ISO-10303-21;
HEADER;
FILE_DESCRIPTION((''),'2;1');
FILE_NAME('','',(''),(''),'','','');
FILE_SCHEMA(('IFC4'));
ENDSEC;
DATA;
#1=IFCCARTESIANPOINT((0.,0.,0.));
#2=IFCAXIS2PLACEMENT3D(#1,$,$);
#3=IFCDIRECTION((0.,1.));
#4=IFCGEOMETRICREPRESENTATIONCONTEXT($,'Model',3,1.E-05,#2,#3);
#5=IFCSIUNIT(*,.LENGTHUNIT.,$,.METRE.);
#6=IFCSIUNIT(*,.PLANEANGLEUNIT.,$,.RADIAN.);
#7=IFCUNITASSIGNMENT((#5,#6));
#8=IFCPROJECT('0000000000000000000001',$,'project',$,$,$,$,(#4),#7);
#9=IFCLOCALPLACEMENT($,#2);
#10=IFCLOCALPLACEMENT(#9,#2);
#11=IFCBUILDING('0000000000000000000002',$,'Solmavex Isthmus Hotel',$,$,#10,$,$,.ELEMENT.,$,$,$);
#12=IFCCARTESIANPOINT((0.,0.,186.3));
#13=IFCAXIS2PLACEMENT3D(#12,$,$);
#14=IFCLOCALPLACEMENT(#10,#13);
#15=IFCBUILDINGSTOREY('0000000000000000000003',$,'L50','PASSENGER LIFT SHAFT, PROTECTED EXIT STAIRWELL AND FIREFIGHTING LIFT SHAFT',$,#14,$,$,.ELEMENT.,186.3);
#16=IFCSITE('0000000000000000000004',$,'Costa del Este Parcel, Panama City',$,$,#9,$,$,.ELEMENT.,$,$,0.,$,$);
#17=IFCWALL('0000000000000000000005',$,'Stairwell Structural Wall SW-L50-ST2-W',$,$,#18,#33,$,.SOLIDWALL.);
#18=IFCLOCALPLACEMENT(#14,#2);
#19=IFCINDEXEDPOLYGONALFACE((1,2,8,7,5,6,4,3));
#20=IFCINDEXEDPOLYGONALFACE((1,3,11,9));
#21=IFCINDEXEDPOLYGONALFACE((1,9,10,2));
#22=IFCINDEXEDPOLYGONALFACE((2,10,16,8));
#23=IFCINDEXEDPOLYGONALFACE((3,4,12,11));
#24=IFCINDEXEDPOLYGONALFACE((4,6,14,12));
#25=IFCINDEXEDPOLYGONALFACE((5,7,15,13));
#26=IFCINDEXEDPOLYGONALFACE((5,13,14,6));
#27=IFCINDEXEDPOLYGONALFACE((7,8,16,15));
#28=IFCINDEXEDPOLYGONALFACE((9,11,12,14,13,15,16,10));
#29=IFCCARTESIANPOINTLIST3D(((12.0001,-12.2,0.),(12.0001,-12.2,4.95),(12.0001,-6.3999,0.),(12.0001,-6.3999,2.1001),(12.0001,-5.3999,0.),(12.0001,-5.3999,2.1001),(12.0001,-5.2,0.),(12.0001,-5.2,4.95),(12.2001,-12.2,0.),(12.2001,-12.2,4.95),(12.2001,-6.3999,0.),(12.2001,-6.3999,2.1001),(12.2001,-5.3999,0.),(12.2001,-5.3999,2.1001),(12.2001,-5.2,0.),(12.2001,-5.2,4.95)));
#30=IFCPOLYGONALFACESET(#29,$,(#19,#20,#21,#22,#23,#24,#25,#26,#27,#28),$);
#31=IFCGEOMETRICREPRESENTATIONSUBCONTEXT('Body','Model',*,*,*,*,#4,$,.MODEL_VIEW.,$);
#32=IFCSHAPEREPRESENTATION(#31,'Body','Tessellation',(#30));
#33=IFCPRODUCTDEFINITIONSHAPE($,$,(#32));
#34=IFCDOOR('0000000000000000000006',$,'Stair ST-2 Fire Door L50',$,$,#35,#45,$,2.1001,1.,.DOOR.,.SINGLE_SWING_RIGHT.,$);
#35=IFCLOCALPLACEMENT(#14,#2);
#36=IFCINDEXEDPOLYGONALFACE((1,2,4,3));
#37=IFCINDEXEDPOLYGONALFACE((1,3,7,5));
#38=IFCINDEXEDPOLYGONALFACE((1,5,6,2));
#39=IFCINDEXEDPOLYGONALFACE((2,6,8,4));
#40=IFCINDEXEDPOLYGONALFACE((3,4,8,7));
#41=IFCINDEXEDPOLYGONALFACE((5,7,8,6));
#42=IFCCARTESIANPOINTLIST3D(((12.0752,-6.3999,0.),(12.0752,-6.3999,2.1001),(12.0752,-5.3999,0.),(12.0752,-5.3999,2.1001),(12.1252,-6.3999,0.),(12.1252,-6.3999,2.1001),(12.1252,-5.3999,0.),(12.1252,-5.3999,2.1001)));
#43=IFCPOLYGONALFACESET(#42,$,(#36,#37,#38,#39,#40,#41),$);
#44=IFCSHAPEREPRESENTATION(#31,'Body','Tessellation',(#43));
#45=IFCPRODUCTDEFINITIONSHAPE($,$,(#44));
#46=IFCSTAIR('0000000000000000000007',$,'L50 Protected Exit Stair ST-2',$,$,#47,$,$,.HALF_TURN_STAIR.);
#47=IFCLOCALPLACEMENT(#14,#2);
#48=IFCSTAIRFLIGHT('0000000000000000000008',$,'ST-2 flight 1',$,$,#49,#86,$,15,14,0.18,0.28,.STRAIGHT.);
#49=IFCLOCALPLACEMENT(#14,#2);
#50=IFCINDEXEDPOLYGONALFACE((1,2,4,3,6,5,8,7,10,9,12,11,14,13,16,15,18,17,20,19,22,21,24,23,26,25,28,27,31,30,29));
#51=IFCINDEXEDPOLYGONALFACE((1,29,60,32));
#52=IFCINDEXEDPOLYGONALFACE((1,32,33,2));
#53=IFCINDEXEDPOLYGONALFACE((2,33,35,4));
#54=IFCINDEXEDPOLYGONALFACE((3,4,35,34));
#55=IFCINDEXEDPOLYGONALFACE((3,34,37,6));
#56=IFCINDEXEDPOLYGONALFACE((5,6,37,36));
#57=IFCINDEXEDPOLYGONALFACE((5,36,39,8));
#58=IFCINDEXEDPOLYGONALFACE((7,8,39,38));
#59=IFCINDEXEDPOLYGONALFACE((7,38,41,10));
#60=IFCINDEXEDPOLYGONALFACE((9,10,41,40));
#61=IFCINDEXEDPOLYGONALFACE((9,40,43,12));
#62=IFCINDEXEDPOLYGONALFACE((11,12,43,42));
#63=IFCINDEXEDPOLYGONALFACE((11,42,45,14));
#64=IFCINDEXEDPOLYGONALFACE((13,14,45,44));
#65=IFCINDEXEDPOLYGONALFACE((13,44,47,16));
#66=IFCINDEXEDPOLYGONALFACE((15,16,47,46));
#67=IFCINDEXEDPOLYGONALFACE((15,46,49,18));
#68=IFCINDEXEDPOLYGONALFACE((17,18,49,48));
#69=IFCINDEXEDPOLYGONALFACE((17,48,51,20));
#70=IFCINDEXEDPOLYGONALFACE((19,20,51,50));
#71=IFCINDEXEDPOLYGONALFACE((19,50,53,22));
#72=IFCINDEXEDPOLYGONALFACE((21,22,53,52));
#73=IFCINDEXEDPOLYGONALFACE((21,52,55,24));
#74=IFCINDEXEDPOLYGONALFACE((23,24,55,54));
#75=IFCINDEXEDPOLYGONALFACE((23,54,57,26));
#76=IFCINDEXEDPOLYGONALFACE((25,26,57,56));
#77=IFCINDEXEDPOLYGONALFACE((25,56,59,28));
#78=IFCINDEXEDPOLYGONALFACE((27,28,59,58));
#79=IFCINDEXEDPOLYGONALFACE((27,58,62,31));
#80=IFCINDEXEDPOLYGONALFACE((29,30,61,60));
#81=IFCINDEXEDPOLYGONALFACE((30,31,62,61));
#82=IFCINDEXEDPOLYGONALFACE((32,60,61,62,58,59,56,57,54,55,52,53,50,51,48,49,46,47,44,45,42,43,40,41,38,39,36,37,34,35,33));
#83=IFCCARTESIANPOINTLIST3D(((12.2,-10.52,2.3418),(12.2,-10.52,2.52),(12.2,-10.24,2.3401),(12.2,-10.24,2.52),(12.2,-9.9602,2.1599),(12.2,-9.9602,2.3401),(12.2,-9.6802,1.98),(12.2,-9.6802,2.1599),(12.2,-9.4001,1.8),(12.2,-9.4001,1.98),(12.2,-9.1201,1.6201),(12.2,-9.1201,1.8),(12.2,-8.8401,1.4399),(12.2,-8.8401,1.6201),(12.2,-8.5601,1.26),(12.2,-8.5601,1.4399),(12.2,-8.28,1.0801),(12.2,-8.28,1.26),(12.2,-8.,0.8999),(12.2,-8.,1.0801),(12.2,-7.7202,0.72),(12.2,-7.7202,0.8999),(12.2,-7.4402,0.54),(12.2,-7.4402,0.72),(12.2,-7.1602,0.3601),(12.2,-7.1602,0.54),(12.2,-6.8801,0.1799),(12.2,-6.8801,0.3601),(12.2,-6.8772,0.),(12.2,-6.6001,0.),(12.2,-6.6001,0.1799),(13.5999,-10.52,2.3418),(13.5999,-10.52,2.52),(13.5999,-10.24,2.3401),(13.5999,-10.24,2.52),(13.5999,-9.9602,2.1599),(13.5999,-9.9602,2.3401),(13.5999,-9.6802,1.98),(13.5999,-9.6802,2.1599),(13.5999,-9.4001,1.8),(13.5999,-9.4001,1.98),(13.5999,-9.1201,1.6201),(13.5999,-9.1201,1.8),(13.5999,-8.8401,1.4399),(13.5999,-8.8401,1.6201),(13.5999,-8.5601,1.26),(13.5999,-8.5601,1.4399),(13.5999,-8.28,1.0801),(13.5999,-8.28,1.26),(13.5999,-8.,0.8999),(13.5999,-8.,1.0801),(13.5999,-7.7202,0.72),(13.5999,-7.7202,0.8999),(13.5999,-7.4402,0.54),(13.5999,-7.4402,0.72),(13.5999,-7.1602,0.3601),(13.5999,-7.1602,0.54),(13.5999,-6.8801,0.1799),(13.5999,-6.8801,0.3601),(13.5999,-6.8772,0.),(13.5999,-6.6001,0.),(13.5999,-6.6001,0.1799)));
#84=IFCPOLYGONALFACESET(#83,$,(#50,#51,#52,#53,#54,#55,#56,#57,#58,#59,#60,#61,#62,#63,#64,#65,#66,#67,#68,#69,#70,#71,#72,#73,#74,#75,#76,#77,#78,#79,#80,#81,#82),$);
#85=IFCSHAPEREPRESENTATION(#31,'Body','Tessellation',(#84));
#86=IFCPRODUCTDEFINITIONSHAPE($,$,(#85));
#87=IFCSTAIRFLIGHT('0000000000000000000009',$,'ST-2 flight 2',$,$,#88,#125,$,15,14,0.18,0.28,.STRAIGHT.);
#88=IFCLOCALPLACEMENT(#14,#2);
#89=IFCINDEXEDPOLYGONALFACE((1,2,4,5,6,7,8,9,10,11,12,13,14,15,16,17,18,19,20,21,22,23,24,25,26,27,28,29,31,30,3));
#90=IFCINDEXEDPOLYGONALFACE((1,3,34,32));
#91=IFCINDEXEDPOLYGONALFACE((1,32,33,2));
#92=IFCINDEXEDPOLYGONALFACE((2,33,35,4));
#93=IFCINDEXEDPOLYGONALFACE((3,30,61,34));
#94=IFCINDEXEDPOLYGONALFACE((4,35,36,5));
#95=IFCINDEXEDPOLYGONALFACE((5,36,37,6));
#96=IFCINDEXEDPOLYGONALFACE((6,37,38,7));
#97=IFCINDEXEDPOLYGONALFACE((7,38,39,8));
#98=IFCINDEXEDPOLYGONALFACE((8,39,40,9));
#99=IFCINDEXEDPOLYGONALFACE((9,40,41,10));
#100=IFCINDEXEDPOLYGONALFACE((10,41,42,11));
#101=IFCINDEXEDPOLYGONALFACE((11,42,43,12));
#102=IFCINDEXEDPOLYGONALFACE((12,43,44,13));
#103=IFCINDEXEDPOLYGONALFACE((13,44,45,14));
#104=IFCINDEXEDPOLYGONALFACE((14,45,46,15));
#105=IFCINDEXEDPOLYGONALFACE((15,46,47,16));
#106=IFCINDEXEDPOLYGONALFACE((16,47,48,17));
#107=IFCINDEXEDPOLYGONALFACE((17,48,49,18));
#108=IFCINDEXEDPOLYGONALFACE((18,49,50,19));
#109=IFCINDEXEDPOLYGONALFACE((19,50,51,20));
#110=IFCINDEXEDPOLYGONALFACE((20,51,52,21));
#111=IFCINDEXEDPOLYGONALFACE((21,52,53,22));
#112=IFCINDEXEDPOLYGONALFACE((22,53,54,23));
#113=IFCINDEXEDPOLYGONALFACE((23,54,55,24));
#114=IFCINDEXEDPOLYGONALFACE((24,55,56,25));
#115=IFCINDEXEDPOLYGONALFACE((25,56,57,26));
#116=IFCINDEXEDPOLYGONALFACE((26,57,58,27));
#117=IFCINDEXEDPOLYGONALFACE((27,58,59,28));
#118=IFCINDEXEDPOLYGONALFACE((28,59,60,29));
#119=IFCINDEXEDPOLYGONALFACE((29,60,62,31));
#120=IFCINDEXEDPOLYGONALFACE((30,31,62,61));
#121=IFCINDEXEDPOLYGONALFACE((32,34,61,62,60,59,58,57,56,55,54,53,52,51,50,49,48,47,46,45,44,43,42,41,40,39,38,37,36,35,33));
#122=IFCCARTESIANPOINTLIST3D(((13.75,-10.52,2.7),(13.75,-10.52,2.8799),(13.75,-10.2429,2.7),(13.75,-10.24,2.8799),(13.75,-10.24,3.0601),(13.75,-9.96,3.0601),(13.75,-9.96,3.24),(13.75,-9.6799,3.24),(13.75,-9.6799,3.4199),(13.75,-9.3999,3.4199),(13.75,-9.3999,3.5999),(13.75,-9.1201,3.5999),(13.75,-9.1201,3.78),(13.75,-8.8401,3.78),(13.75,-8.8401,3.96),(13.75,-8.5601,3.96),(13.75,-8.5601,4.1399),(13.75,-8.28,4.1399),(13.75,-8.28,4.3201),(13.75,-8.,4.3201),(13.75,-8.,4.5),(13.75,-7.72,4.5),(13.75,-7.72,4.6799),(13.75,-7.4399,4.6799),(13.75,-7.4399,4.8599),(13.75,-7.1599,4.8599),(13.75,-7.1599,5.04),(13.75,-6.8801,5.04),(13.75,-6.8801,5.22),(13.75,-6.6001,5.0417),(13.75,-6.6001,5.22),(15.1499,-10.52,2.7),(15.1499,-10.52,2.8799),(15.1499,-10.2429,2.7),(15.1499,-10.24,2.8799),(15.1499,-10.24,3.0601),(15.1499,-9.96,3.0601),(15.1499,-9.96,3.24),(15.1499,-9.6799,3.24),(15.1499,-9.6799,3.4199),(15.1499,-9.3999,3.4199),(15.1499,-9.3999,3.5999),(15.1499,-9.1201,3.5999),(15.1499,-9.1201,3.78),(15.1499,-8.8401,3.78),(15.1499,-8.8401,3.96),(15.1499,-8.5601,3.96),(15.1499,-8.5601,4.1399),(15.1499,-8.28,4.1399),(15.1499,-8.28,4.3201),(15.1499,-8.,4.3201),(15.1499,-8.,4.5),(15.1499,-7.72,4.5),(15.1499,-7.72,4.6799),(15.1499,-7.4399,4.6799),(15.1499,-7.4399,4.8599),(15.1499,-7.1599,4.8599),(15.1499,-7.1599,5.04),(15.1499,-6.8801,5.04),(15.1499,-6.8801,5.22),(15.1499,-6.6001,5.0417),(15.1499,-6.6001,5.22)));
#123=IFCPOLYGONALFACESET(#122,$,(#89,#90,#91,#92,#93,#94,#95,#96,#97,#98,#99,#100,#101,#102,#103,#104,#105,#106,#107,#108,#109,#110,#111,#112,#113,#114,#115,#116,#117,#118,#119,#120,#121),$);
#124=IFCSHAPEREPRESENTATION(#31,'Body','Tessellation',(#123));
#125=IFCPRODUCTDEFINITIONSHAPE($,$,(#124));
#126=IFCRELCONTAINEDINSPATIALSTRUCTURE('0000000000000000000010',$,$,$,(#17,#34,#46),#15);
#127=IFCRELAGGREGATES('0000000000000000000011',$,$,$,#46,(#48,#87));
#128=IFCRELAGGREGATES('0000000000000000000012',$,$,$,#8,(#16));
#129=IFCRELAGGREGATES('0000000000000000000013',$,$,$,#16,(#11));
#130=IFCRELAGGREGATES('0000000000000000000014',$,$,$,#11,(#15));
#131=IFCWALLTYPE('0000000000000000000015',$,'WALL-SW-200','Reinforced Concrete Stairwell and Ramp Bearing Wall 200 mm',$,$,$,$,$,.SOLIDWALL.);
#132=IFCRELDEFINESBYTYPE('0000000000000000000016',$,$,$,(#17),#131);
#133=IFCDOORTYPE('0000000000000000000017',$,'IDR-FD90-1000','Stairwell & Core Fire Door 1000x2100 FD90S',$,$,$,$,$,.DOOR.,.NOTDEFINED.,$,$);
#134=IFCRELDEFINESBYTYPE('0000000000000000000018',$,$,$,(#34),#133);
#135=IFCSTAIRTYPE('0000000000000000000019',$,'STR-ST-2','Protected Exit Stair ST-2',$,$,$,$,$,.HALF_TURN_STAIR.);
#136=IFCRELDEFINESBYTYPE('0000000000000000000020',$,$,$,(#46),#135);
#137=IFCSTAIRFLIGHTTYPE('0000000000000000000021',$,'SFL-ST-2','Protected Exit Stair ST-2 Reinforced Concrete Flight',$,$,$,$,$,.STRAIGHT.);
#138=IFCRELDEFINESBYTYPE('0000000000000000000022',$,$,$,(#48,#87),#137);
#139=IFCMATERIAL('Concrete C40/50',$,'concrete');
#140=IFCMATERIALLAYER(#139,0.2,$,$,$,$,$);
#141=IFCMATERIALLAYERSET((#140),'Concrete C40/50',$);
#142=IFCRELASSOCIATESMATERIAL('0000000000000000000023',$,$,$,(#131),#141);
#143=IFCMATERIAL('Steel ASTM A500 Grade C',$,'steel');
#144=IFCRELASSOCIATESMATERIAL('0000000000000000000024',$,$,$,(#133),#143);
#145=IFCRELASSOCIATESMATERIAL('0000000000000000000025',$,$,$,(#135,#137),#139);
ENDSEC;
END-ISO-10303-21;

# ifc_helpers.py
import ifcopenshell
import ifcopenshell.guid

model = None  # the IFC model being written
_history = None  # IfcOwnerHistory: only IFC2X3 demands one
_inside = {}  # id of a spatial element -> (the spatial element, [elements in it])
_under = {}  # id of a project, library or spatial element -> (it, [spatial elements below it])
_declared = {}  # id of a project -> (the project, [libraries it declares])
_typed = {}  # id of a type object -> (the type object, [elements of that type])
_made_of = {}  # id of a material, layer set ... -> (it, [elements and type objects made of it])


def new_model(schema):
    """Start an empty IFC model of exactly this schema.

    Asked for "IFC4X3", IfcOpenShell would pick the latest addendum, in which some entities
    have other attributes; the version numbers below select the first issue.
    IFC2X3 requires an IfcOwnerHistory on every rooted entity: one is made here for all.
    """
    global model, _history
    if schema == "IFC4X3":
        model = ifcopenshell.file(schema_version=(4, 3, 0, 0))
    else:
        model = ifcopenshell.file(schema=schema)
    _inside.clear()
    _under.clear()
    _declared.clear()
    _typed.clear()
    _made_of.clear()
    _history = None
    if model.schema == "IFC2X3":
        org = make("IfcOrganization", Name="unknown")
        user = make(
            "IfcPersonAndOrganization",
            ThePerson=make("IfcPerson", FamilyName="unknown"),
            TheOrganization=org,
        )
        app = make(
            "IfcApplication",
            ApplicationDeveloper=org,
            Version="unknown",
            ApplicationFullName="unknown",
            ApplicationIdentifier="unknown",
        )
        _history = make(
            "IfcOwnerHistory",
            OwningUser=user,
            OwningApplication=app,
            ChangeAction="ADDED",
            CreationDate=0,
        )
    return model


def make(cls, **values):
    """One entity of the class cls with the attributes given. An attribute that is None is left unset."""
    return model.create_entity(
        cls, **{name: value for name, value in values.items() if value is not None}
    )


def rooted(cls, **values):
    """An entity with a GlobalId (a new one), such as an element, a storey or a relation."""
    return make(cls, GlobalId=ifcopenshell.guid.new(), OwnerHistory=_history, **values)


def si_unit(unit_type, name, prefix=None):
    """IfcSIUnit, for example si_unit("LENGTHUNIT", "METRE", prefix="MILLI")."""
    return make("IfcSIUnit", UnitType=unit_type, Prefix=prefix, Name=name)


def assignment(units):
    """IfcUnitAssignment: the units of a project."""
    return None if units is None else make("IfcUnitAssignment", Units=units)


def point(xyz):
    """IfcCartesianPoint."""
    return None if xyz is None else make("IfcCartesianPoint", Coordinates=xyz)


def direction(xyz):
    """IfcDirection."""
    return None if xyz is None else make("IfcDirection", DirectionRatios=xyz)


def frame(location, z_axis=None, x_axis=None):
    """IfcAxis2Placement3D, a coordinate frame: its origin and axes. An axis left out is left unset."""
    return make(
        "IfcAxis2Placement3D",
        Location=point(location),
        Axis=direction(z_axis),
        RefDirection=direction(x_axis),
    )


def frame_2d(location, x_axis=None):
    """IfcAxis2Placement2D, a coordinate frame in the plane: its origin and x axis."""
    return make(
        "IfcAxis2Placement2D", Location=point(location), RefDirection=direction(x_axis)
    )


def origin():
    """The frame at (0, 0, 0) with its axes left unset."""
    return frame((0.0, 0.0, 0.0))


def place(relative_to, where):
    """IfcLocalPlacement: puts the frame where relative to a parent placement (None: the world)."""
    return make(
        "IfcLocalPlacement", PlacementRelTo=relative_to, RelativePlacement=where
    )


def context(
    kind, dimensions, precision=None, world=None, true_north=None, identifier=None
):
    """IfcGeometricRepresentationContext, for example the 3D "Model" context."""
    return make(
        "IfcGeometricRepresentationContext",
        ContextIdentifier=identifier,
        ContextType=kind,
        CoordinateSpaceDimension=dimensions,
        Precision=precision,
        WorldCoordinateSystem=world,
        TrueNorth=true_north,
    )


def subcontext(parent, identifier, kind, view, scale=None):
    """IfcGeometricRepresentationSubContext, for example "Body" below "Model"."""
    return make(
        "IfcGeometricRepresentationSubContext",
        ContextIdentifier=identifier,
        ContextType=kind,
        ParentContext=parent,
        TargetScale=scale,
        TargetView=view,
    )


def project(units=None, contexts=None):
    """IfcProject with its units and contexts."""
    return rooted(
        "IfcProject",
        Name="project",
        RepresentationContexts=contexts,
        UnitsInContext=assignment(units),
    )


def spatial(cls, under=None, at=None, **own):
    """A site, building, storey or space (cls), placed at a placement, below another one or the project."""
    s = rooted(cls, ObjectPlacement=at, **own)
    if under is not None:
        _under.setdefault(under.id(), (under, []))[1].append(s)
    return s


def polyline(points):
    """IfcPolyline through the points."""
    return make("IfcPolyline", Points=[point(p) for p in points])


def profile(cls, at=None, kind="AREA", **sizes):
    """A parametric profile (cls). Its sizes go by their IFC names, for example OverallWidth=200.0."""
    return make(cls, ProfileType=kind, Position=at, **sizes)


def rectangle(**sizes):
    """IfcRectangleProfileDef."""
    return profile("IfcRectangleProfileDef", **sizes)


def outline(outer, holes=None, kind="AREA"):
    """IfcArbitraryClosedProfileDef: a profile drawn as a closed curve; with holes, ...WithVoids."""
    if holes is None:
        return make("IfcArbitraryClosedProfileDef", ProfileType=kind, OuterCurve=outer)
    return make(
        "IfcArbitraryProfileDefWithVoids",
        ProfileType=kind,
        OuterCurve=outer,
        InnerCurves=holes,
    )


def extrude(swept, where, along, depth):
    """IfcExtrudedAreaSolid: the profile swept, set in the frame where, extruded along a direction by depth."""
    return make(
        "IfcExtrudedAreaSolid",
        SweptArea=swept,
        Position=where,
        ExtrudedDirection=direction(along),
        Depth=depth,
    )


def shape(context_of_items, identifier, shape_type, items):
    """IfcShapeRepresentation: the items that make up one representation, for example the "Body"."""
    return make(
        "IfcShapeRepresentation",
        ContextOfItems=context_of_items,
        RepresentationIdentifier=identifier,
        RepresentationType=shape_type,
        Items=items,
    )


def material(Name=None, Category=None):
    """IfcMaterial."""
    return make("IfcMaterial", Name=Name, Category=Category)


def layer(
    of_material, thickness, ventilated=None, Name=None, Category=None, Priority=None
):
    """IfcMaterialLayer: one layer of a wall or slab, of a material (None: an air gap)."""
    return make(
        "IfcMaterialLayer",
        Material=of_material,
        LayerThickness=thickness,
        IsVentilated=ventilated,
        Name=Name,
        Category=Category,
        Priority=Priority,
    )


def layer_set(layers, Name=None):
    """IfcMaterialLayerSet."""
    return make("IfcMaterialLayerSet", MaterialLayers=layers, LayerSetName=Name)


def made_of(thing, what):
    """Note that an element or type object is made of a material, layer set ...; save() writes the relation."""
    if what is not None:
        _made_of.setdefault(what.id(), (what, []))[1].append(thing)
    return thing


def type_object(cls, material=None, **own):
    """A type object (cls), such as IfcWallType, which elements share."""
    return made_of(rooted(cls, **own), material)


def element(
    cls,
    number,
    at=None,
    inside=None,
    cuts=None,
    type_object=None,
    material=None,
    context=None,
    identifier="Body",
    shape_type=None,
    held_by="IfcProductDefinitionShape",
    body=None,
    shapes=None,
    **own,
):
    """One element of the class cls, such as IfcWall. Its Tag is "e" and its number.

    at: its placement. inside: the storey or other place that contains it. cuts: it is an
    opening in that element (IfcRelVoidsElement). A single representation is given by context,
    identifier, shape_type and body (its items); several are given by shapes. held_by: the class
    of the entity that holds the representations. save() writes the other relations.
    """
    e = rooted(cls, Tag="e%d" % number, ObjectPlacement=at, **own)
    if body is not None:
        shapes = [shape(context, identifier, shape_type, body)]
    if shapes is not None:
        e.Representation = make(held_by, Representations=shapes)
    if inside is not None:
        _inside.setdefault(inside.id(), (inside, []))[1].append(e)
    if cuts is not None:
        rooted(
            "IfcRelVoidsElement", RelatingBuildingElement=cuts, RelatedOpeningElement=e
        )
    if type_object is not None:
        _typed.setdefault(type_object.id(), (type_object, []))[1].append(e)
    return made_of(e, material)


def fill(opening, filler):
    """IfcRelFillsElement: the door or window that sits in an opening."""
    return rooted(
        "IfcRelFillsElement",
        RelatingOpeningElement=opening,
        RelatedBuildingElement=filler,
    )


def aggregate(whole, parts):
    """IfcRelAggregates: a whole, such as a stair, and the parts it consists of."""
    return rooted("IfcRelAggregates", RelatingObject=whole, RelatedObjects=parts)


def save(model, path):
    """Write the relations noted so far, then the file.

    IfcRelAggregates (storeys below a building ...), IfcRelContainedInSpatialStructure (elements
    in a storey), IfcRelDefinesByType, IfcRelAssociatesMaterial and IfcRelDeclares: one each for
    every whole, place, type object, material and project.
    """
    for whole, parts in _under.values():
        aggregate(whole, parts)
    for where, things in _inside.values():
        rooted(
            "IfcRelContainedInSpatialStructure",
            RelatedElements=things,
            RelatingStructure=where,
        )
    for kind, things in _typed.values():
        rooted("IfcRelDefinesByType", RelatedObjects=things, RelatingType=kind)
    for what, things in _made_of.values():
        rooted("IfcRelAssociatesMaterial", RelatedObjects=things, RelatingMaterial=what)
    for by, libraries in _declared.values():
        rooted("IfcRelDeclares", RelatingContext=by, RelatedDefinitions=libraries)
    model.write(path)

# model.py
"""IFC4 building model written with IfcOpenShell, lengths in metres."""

from ifc_helpers import new_model, si_unit, direction, frame, frame_2d, origin, place, context, subcontext, project, spatial, polyline, rectangle, outline, extrude, material, layer, layer_set, type_object, element, fill, aggregate, save


model = new_model("IFC4")

# Units and contexts
model_context = context("Model", 3, precision=1e-05, world=origin(), true_north=direction((0.0, 1.0)))
body_context = subcontext(model_context, "Body", "Model", "MODEL_VIEW")
ifc_project = project(units=[si_unit("LENGTHUNIT", "METRE"), si_unit("PLANEANGLEUNIT", "RADIAN")], contexts=[model_context])

# Site, building, storey
site_placement = place(None, origin())
site = spatial("IfcSite", under=ifc_project, at=site_placement, Name="Costa del Este Parcel, Panama City", CompositionType="ELEMENT", RefElevation=0.0)
building_placement = place(site_placement, origin())
building = spatial("IfcBuilding", under=site, at=building_placement, Name="Solmavex Isthmus Hotel", CompositionType="ELEMENT")
storey_placement = place(building_placement, frame((0.0, 0.0, 186.3)))
storey = spatial("IfcBuildingStorey", under=building, at=storey_placement, Name="L50", Description="PASSENGER LIFT SHAFT, PROTECTED EXIT STAIRWELL AND FIREFIGHTING LIFT SHAFT", CompositionType="ELEMENT", Elevation=186.3)

# Shared definitions
ifc_material_1 = material(Name="Steel ASTM A500 Grade C", Category="steel")

# Shared definitions
ifc_material_2 = material(Name="Concrete C40/50", Category="concrete")

# Shared definitions
ifc_layer_1 = layer(ifc_material_2, 0.2)
ifc_layer_set_1 = layer_set([ifc_layer_1], Name="Concrete C40/50")
wall_type_1 = type_object("IfcWallType", Name="WALL-SW-200", Description="Reinforced Concrete Stairwell and Ramp Bearing Wall 200 mm", PredefinedType="SOLIDWALL", material=ifc_layer_set_1)

# Wall, opening, door
wall_1_placement = place(storey_placement, frame((12.1001, -12.2, 0.0), z_axis=(0.0, 0.0, 1.0), x_axis=(0.0, 1.0, 0.0)))
wall_1 = element("IfcWall", 1, at=wall_1_placement, inside=storey, type_object=wall_type_1, Name="Stairwell Structural Wall SW-L50-ST2-W", PredefinedType="SOLIDWALL", context=body_context, shape_type="SweptSolid", body=[
    extrude(rectangle(XDim=7.0, YDim=0.2, at=frame_2d((3.5, 0.0))), origin(), (0.0, 0.0, 1.0), 4.95),
])
opening_1_placement = place(wall_1_placement, frame((5.8, 0.0, 0.0)))
opening_1 = element("IfcOpeningElement", 2, at=opening_1_placement, cuts=wall_1, PredefinedType="OPENING", context=body_context, shape_type="SweptSolid", body=[
    extrude(rectangle(XDim=1.0, YDim=2.1001, at=frame_2d((0.5, 1.05))), frame((0.0, 0.1099, 0.0), z_axis=(0.0, -1.0, 0.0), x_axis=(1.0, 0.0, 0.0)), (0.0, 0.0, 1.0), 0.22),
])
door_type_1 = type_object("IfcDoorType", Name="IDR-FD90-1000", Description="Stairwell & Core Fire Door 1000x2100 FD90S", OperationType="NOTDEFINED", PredefinedType="DOOR", material=ifc_material_1)
door_1_placement = place(opening_1_placement, origin())
door_1 = element("IfcDoor", 3, at=door_1_placement, inside=storey, type_object=door_type_1, Name="Stair ST-2 Fire Door L50", OperationType="SINGLE_SWING_RIGHT", OverallHeight=2.1001, OverallWidth=1.0, PredefinedType="DOOR", context=body_context, shape_type="SweptSolid", body=[
    extrude(rectangle(XDim=1.0, YDim=2.1001, at=frame_2d((0.5, 1.05))), frame((0.0, 0.0249, 0.0), z_axis=(0.0, -1.0, 0.0), x_axis=(1.0, 0.0, 0.0)), (0.0, 0.0, 1.0), 0.05),
])
fill(opening_1, door_1)

# Stair, stair flights
stair_type = type_object("IfcStairType", Name="STR-ST-2", Description="Protected Exit Stair ST-2", PredefinedType="HALF_TURN_STAIR", material=ifc_material_2)
stair_placement = place(storey_placement, origin())
stair = element("IfcStair", 4, at=stair_placement, inside=storey, type_object=stair_type, Name="L50 Protected Exit Stair ST-2", PredefinedType="HALF_TURN_STAIR")
stair_flight_type = type_object("IfcStairFlightType", Name="SFL-ST-2", Description="Protected Exit Stair ST-2 Reinforced Concrete Flight", PredefinedType="STRAIGHT", material=ifc_material_2)
stair_flight_1_placement = place(storey_placement, frame((12.8999, -6.6001, 0.0), z_axis=(0.0, 0.0, 1.0), x_axis=(0.0, -1.0, 0.0)))
stair_flight_1 = element("IfcStairFlight", 5, at=stair_flight_1_placement, type_object=stair_flight_type, Name="ST-2 flight 1", NumberOfRisers=15, NumberOfTreads=14, PredefinedType="STRAIGHT", RiserHeight=0.18, TreadLength=0.28, context=body_context, shape_type="SweptSolid", body=[
    extrude(outline(polyline([(0.0, 0.0), (0.0, 0.1799), (0.28, 0.1799), (0.28, 0.3601), (0.5601, 0.3601), (0.5601, 0.54), (0.8401, 0.54), (0.8401, 0.72), (1.1201, 0.72), (1.1201, 0.8999), (1.3999, 0.8999), (1.3999, 1.0801), (1.6799, 1.0801), (1.6799, 1.26), (1.96, 1.26), (1.96, 1.4399), (2.24, 1.4399), (2.24, 1.6201), (2.52, 1.6201), (2.52, 1.8), (2.8, 1.8), (2.8, 1.98), (3.0801, 1.98), (3.0801, 2.1599), (3.3601, 2.1599), (3.3601, 2.3401), (3.6399, 2.3401), (3.6399, 2.52), (3.9199, 2.52), (3.9199, 2.7), (3.9199, 2.3418), (0.2771, 0.0), (0.0, 0.0)])), frame((0.0, 0.7, 0.0), z_axis=(0.0, -1.0, 0.0), x_axis=(1.0, 0.0, 0.0)), (0.0, 0.0, 1.0), 1.3999),
])
stair_flight_2_placement = place(storey_placement, frame((14.45, -10.52, 2.7), z_axis=(0.0, 0.0, 1.0), x_axis=(0.0, 1.0, 0.0)))
stair_flight_2 = element("IfcStairFlight", 6, at=stair_flight_2_placement, type_object=stair_flight_type, Name="ST-2 flight 2", NumberOfRisers=15, NumberOfTreads=14, PredefinedType="STRAIGHT", RiserHeight=0.18, TreadLength=0.28, context=body_context, shape_type="SweptSolid", body=[
    extrude(outline(polyline([(0.0, 0.0), (0.0, 0.1799), (0.28, 0.1799), (0.28, 0.3601), (0.5601, 0.3601), (0.5601, 0.54), (0.8401, 0.54), (0.8401, 0.72), (1.1201, 0.72), (1.1201, 0.8999), (1.3999, 0.8999), (1.3999, 1.0801), (1.6799, 1.0801), (1.6799, 1.26), (1.96, 1.26), (1.96, 1.4399), (2.24, 1.4399), (2.24, 1.6201), (2.52, 1.6201), (2.52, 1.8), (2.8, 1.8), (2.8, 1.98), (3.0801, 1.98), (3.0801, 2.1599), (3.3601, 2.1599), (3.3601, 2.3401), (3.6399, 2.3401), (3.6399, 2.52), (3.9199, 2.52), (3.9199, 2.7), (3.9199, 2.3418), (0.2771, 0.0), (0.0, 0.0)])), frame((0.0, 0.7, 0.0), z_axis=(0.0, -1.0, 0.0), x_axis=(1.0, 0.0, 0.0)), (0.0, 0.0, 1.0), 1.3999),
])
aggregate(stair, [stair_flight_1, stair_flight_2])

save(model, "model.ifc")
